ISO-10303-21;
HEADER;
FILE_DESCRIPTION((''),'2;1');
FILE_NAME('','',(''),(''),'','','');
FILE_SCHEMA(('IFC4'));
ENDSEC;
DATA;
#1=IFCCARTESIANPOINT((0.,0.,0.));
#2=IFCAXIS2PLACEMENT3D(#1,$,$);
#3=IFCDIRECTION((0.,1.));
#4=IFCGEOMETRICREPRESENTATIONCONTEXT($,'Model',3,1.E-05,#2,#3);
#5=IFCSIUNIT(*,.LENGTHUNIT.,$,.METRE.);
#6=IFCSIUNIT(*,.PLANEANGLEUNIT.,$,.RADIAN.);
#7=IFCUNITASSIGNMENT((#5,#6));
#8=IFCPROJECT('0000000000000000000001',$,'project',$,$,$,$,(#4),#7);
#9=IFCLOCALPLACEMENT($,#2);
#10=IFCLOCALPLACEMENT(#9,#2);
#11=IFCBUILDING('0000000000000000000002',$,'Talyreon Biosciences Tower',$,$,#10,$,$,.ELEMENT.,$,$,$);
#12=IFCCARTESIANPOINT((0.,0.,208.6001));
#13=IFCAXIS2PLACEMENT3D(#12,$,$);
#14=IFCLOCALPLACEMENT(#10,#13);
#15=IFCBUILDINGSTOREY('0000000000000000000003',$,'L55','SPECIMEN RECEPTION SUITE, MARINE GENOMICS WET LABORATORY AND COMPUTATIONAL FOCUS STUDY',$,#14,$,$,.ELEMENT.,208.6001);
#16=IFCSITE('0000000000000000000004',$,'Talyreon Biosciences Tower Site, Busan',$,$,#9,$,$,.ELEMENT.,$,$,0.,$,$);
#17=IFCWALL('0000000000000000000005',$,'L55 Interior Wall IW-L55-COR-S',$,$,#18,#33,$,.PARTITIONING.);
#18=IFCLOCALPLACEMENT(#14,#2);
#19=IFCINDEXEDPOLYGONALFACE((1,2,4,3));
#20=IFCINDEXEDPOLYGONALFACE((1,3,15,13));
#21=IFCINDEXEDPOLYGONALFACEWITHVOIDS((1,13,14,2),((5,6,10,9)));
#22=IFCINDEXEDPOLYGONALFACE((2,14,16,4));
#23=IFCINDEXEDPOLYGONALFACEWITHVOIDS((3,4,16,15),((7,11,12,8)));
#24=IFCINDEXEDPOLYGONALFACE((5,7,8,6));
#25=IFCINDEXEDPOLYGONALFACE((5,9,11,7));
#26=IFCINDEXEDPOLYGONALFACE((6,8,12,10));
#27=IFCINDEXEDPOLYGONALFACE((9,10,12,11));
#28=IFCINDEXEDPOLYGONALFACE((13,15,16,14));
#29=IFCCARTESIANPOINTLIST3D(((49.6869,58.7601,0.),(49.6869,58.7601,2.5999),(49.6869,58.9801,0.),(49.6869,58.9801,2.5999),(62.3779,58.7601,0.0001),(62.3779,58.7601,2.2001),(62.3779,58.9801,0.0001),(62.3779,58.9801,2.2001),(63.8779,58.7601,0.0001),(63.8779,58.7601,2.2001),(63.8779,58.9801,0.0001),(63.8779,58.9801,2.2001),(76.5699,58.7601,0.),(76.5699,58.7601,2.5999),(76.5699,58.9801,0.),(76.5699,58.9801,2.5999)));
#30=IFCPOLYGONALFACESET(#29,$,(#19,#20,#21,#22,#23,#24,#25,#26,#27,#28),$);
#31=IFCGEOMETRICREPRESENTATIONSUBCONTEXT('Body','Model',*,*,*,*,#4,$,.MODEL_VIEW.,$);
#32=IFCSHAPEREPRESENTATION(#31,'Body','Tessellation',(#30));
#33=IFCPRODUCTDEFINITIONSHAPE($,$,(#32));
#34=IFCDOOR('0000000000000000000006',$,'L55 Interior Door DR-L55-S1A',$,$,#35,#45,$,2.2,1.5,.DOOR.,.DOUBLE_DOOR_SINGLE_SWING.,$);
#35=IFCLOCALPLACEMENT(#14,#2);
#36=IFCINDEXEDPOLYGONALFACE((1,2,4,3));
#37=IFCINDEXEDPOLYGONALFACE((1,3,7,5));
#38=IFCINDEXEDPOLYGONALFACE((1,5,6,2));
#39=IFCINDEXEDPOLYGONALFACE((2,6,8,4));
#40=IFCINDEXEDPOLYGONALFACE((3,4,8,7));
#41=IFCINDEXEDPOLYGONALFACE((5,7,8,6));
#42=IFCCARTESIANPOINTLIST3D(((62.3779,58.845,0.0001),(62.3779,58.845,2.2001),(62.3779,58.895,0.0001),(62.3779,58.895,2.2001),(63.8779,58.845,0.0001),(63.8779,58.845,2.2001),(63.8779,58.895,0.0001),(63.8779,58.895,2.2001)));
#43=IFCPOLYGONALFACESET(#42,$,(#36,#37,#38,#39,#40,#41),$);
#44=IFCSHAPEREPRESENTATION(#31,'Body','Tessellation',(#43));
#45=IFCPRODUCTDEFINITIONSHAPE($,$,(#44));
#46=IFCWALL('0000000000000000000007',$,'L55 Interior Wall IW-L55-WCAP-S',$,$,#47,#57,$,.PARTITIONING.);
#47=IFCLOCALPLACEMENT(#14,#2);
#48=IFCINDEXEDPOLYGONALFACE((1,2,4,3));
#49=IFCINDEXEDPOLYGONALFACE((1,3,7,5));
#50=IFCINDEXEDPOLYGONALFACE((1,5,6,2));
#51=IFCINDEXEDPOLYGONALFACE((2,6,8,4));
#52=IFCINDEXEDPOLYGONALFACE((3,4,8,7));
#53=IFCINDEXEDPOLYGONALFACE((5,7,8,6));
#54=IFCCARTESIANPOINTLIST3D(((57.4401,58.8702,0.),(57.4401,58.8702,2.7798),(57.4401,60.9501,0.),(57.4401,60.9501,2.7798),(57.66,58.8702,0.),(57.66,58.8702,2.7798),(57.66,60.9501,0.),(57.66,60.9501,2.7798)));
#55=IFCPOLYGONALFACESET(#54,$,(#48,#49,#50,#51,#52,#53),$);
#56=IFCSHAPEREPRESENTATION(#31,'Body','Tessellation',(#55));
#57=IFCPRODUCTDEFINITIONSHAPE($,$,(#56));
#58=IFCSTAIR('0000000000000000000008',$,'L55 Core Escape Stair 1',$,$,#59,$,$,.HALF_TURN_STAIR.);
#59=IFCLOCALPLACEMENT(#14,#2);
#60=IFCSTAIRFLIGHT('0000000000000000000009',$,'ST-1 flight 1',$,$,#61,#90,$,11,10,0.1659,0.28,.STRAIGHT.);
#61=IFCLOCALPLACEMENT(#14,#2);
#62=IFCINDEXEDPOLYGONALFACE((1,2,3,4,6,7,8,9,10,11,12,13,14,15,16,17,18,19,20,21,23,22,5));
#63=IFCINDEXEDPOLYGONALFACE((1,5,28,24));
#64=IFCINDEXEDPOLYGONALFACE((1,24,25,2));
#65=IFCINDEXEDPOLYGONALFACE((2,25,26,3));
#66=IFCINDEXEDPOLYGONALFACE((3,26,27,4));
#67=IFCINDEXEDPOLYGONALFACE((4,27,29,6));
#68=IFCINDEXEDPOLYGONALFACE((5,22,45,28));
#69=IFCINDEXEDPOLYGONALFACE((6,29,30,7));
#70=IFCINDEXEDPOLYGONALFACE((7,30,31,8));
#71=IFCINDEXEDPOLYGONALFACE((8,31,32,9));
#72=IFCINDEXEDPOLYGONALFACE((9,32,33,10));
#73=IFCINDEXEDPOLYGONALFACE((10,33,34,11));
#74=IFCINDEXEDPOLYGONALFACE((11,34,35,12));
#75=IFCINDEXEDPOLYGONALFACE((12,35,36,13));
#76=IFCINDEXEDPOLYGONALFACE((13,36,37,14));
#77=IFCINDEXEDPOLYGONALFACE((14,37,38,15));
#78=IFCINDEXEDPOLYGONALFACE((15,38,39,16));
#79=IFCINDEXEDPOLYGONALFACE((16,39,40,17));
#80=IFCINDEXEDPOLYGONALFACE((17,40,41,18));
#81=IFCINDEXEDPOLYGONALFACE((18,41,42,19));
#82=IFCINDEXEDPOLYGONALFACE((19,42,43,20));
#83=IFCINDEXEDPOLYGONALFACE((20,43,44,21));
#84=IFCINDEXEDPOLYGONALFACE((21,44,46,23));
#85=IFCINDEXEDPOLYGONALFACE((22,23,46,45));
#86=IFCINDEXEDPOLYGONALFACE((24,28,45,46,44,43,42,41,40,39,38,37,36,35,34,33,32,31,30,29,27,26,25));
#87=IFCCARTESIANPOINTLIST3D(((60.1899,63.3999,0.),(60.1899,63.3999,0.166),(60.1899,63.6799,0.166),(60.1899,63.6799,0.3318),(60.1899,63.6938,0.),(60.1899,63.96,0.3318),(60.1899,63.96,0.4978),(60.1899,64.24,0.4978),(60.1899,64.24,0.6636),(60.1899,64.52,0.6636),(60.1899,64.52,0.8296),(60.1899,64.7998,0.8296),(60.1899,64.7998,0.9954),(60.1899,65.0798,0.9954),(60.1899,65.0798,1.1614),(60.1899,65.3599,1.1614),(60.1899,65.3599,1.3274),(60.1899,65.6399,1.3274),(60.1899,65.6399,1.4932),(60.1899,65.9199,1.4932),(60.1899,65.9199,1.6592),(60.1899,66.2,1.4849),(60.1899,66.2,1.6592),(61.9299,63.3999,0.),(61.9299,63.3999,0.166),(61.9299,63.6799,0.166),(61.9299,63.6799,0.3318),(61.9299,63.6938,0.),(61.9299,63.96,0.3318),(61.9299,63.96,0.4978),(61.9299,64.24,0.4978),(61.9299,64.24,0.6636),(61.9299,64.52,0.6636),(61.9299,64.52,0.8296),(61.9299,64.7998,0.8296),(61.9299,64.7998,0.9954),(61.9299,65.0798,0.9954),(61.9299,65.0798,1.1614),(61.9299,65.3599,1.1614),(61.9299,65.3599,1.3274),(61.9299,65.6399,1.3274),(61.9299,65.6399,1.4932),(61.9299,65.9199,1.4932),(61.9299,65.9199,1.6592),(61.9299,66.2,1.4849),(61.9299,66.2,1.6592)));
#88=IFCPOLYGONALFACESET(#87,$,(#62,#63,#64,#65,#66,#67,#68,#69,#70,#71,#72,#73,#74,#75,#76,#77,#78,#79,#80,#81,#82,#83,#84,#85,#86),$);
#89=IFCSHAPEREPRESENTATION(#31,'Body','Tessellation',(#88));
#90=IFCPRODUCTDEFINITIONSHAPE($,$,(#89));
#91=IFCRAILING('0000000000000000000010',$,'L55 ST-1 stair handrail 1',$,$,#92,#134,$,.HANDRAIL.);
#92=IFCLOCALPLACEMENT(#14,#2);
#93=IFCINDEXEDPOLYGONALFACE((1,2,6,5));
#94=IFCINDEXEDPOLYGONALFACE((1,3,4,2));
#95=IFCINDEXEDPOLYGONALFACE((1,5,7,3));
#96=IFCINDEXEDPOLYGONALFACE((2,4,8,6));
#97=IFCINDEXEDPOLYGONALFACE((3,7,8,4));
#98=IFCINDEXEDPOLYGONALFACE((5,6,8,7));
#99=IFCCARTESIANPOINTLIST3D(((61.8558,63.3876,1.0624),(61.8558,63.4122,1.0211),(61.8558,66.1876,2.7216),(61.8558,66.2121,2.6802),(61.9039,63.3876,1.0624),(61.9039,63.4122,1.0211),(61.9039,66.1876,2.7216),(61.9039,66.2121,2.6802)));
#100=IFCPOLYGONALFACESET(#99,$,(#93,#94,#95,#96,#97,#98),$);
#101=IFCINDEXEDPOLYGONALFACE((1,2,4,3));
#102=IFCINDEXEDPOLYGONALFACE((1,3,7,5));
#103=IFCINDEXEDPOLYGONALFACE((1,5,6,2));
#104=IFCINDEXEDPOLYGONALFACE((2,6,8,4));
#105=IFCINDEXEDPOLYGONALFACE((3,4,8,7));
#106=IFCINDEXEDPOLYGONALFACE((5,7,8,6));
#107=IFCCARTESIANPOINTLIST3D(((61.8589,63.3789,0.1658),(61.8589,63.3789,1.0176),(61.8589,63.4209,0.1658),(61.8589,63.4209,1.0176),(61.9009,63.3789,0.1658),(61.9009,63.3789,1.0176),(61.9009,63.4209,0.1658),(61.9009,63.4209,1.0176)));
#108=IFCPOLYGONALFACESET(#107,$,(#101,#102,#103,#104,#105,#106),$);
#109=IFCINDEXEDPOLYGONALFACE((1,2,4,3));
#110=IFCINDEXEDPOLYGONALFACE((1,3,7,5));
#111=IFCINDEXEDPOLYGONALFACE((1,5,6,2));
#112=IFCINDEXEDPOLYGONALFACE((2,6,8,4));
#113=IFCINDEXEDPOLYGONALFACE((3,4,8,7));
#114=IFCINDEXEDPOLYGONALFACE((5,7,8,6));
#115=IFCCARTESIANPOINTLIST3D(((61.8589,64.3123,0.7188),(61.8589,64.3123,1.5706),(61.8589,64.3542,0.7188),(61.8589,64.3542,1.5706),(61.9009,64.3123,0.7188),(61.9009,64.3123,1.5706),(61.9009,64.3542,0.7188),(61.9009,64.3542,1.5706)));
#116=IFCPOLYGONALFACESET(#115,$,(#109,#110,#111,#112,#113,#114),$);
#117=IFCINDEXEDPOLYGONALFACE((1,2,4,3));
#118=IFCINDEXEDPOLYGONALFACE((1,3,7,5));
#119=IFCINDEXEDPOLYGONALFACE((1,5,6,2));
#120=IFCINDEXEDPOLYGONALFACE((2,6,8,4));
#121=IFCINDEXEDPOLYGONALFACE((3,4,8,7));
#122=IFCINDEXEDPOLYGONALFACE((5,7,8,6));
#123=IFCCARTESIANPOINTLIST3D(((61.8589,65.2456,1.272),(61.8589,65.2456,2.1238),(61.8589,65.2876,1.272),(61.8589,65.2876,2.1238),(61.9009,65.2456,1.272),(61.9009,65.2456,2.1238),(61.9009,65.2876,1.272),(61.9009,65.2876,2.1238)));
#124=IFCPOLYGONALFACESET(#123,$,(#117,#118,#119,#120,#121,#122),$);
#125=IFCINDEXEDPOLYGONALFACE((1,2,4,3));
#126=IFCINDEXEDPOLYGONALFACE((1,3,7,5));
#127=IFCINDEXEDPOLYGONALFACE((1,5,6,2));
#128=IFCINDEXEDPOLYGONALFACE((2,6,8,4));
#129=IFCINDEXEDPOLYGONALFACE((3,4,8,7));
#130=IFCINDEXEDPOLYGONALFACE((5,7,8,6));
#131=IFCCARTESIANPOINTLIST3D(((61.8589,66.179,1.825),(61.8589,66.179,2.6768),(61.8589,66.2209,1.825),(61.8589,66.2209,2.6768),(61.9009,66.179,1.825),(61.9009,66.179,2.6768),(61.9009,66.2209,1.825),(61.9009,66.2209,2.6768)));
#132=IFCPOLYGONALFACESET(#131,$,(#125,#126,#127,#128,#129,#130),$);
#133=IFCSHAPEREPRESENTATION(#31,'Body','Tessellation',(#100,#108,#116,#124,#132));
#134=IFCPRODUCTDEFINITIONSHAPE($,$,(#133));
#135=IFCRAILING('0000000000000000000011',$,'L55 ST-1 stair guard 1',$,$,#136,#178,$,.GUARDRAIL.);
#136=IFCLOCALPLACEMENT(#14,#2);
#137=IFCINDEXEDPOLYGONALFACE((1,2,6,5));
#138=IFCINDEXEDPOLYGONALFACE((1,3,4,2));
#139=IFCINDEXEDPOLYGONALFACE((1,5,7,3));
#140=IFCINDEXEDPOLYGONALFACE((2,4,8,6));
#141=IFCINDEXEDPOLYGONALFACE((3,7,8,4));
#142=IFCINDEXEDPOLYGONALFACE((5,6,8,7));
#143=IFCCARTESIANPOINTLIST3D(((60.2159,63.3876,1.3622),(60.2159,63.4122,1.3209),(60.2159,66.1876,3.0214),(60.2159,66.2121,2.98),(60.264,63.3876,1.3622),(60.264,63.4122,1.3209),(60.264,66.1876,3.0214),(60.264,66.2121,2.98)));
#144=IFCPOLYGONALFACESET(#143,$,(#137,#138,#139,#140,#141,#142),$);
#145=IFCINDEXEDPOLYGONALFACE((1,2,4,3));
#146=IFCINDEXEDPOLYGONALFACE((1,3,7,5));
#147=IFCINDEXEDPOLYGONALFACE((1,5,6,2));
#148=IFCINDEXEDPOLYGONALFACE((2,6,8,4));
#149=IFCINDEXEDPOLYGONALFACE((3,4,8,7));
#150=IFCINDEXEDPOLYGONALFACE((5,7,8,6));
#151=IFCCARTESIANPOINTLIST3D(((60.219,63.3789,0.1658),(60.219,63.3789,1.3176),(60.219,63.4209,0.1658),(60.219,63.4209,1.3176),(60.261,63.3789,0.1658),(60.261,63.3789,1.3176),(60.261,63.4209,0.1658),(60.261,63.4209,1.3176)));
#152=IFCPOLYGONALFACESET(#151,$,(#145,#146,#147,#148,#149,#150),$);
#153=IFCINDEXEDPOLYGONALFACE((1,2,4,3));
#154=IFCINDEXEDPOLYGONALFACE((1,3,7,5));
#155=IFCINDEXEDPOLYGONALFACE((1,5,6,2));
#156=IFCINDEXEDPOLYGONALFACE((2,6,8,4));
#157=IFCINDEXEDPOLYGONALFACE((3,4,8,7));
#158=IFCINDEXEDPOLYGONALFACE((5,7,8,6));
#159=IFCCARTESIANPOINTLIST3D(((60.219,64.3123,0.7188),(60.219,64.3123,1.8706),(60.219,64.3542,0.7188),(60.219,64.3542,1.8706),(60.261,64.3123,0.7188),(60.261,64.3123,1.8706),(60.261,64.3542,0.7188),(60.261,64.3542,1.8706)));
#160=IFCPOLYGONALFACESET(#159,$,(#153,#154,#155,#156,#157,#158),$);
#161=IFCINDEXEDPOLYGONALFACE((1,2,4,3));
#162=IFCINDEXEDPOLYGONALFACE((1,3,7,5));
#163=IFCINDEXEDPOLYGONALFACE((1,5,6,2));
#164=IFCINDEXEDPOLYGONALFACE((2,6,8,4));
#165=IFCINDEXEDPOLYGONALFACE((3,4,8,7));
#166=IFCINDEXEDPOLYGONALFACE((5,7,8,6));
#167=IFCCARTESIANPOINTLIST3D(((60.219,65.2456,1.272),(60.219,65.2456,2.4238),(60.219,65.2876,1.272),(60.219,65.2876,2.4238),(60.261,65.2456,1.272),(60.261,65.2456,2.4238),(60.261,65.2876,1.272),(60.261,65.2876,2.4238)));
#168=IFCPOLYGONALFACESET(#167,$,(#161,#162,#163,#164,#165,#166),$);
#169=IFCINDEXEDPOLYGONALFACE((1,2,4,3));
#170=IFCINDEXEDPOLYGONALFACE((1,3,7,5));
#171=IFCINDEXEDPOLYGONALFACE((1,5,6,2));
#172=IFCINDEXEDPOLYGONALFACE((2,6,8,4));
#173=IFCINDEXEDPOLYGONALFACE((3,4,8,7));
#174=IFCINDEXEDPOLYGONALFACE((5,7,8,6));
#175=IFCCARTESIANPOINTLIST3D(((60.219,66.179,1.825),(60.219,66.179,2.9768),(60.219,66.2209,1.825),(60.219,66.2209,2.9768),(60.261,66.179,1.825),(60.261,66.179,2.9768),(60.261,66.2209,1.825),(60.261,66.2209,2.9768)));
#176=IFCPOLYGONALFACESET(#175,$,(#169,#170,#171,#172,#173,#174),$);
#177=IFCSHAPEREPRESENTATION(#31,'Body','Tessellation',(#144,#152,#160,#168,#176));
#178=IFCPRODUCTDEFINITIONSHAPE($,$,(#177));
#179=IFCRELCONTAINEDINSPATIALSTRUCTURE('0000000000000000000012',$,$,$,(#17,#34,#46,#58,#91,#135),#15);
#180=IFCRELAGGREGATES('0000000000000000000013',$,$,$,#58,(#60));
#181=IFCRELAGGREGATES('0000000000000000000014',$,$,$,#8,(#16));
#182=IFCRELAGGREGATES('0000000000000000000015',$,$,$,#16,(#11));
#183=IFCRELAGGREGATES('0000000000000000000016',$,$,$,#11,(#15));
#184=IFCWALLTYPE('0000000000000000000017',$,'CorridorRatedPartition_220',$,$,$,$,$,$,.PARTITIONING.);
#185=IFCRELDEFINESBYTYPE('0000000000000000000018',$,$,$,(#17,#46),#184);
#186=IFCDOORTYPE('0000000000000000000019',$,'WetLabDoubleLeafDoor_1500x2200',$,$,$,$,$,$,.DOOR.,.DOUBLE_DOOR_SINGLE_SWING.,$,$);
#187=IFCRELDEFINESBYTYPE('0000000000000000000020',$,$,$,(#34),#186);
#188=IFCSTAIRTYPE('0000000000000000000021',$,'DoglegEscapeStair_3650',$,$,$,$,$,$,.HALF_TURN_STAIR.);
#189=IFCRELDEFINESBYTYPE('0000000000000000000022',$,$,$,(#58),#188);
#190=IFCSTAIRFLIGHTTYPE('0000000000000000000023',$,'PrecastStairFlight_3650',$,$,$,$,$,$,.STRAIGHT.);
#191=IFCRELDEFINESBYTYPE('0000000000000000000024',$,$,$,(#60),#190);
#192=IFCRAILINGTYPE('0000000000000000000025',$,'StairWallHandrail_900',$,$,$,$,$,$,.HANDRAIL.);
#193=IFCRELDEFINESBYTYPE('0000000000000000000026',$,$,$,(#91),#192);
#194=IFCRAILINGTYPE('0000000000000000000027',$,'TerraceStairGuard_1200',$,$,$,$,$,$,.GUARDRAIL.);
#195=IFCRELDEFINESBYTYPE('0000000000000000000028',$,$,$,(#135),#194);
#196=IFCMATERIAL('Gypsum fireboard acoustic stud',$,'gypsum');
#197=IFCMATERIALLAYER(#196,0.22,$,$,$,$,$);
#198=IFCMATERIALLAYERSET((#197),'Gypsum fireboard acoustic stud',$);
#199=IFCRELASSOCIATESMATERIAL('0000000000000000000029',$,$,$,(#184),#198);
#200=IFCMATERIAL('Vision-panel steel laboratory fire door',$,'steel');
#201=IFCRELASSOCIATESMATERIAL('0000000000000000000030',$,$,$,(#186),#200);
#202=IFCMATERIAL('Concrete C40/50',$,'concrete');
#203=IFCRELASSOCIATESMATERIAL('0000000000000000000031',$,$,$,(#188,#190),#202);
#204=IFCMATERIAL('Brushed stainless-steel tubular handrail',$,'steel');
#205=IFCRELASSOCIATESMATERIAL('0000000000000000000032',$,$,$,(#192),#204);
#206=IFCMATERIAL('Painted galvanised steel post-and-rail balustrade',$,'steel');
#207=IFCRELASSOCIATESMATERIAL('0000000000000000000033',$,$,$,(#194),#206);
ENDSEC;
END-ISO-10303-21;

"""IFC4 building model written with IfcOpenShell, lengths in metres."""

from ifc_helpers import new_model, si_unit, direction, frame, frame_2d, origin, origin_2d, place, context, subcontext, project, spatial, polyline, rectangle, outline, extrude, material, layer, layer_set, type_object, element, fill, aggregate, save


model = new_model("IFC4")

# Units and contexts
model_context = context("Model", 3, precision=1e-05, world=origin(), true_north=direction((0.0, 1.0)))
body_context = subcontext(model_context, "Body", "Model", "MODEL_VIEW")
ifc_project = project(units=[si_unit("LENGTHUNIT", "METRE"), si_unit("PLANEANGLEUNIT", "RADIAN")], contexts=[model_context])

# Site, building, storey
site_placement = place(None, origin())
site = spatial("IfcSite", under=ifc_project, at=site_placement, Name="Talyreon Biosciences Tower Site, Busan", CompositionType="ELEMENT", RefElevation=0.0)
building_placement = place(site_placement, origin())
building = spatial("IfcBuilding", under=site, at=building_placement, Name="Talyreon Biosciences Tower", CompositionType="ELEMENT")
storey_placement = place(building_placement, frame((0.0, 0.0, 208.6001)))
storey = spatial("IfcBuildingStorey", under=building, at=storey_placement, Name="L55", Description="SPECIMEN RECEPTION SUITE, MARINE GENOMICS WET LABORATORY AND COMPUTATIONAL FOCUS STUDY", CompositionType="ELEMENT", Elevation=208.6001)

# Wall, opening, door
ifc_material_1 = material(Name="Gypsum fireboard acoustic stud", Category="gypsum")
ifc_layer_1 = layer(ifc_material_1, 0.22)
ifc_layer_set_1 = layer_set([ifc_layer_1], Name="Gypsum fireboard acoustic stud")
wall_type_1 = type_object("IfcWallType", Name="CorridorRatedPartition_220", PredefinedType="PARTITIONING", material=ifc_layer_set_1)
wall_1_placement = place(storey_placement, frame((49.687, 58.8701, 0.0), z_axis=(0.0, 0.0, 1.0), x_axis=(1.0, 0.0, 0.0)))
wall_1 = element("IfcWall", 1, at=wall_1_placement, inside=storey, type_object=wall_type_1, Name="L55 Interior Wall IW-L55-COR-S", PredefinedType="PARTITIONING", context=body_context, shape_type="SweptSolid", body=[
    extrude(rectangle(XDim=26.8831, YDim=0.22, at=frame_2d((13.4414, 0.0))), origin(), (0.0, 0.0, 1.0), 2.5999),
])
opening_1_placement = place(wall_1_placement, frame((12.6909, 0.0, 0.0)))
opening_1 = element("IfcOpeningElement", 2, at=opening_1_placement, cuts=wall_1, PredefinedType="OPENING", context=body_context, shape_type="SweptSolid", body=[
    extrude(rectangle(XDim=1.5, YDim=2.2, at=frame_2d((0.75, 1.1001))), frame((0.0, 0.1199, 0.0), z_axis=(0.0, -1.0, 0.0), x_axis=(1.0, 0.0, 0.0)), (0.0, 0.0, 1.0), 0.24),
])
ifc_material_2 = material(Name="Vision-panel steel laboratory fire door", Category="steel")
door_type_1 = type_object("IfcDoorType", Name="WetLabDoubleLeafDoor_1500x2200", OperationType="DOUBLE_DOOR_SINGLE_SWING", PredefinedType="DOOR", material=ifc_material_2)
door_1_placement = place(opening_1_placement, origin())
door_1 = element("IfcDoor", 3, at=door_1_placement, inside=storey, type_object=door_type_1, Name="L55 Interior Door DR-L55-S1A", OperationType="DOUBLE_DOOR_SINGLE_SWING", OverallHeight=2.2, OverallWidth=1.5, PredefinedType="DOOR", context=body_context, shape_type="SweptSolid", body=[
    extrude(rectangle(XDim=1.5, YDim=2.2, at=frame_2d((0.75, 1.1001))), frame((0.0, 0.0249, 0.0), z_axis=(0.0, -1.0, 0.0), x_axis=(1.0, 0.0, 0.0)), (0.0, 0.0, 1.0), 0.05),
])
fill(opening_1, door_1)

# Wall
wall_2_placement = place(storey_placement, frame((57.55, 58.8701, 0.0), z_axis=(0.0, 0.0, 1.0), x_axis=(0.0, 1.0, 0.0)))
element("IfcWall", 4, at=wall_2_placement, inside=storey, type_object=wall_type_1, Name="L55 Interior Wall IW-L55-WCAP-S", PredefinedType="PARTITIONING", context=body_context, shape_type="SweptSolid", body=[
    extrude(rectangle(XDim=2.0798, YDim=0.22, at=frame_2d((1.04, 0.0))), origin(), (0.0, 0.0, 1.0), 2.7798),
])

# Stair, stair flight
ifc_material_3 = material(Name="Concrete C40/50", Category="concrete")
stair_type = type_object("IfcStairType", Name="DoglegEscapeStair_3650", PredefinedType="HALF_TURN_STAIR", material=ifc_material_3)
stair_placement = place(storey_placement, origin())
stair = element("IfcStair", 5, at=stair_placement, inside=storey, type_object=stair_type, Name="L55 Core Escape Stair 1", PredefinedType="HALF_TURN_STAIR")
stair_flight_type = type_object("IfcStairFlightType", Name="PrecastStairFlight_3650", PredefinedType="STRAIGHT", material=ifc_material_3)
stair_flight_placement = place(storey_placement, frame((61.0601, 63.3999, 0.0), z_axis=(0.0, 0.0, 1.0), x_axis=(0.0, 1.0, 0.0)))
stair_flight = element("IfcStairFlight", 6, at=stair_flight_placement, type_object=stair_flight_type, Name="ST-1 flight 1", NumberOfRisers=11, NumberOfTreads=10, PredefinedType="STRAIGHT", RiserHeight=0.1659, TreadLength=0.28, context=body_context, shape_type="SweptSolid", body=[
    extrude(outline(polyline([(0.0, 0.0), (0.0, 0.166), (0.28, 0.166), (0.28, 0.3318), (0.5601, 0.3318), (0.5601, 0.4978), (0.8401, 0.4978), (0.8401, 0.6636), (1.1201, 0.6636), (1.1201, 0.8296), (1.3999, 0.8296), (1.3999, 0.9954), (1.6799, 0.9954), (1.6799, 1.1614), (1.96, 1.1614), (1.96, 1.3274), (2.24, 1.3274), (2.24, 1.4932), (2.52, 1.4932), (2.52, 1.6592), (2.8, 1.6592), (2.8, 1.825), (2.8, 1.4849), (0.2939, 0.0), (0.0, 0.0)])), frame((0.0, 0.8701, 0.0), z_axis=(0.0, -1.0, 0.0), x_axis=(1.0, 0.0, 0.0)), (0.0, 0.0, 1.0), 1.74),
])
aggregate(stair, [stair_flight])

# Railings
ifc_material_4 = material(Name="Brushed stainless-steel tubular handrail", Category="steel")
railing_type_1 = type_object("IfcRailingType", Name="StairWallHandrail_900", PredefinedType="HANDRAIL", material=ifc_material_4)
railing_1_placement = place(storey_placement, frame((61.8799, 63.3999, 0.1658)))
element("IfcRailing", 7, at=railing_1_placement, inside=storey, type_object=railing_type_1, Name="L55 ST-1 stair handrail 1", PredefinedType="HANDRAIL", context=body_context, shape_type="SweptSolid", body=[
    extrude(rectangle(XDim=0.0481, YDim=0.0481, at=origin_2d()), frame((0.0, 0.0, 0.876), z_axis=(0.0, 0.860306, 0.509778), x_axis=(-1.0, 0.0, 0.0)), (0.0, 0.0, 1.0), 3.2546),
    extrude(rectangle(XDim=0.042, YDim=0.042, at=origin_2d()), origin(), (0.0, 0.0, 1.0), 0.8518),
    extrude(rectangle(XDim=0.042, YDim=0.042, at=origin_2d()), frame((0.0, 0.9333, 0.553)), (0.0, 0.0, 1.0), 0.8518),
    extrude(rectangle(XDim=0.042, YDim=0.042, at=origin_2d()), frame((0.0, 1.8667, 1.1062)), (0.0, 0.0, 1.0), 0.8518),
    extrude(rectangle(XDim=0.042, YDim=0.042, at=origin_2d()), frame((0.0, 2.8, 1.6592)), (0.0, 0.0, 1.0), 0.8518),
])
ifc_material_5 = material(Name="Painted galvanised steel post-and-rail balustrade", Category="steel")
railing_type_2 = type_object("IfcRailingType", Name="TerraceStairGuard_1200", PredefinedType="GUARDRAIL", material=ifc_material_5)
railing_2_placement = place(storey_placement, frame((60.24, 63.3999, 0.1658)))
element("IfcRailing", 8, at=railing_2_placement, inside=storey, type_object=railing_type_2, Name="L55 ST-1 stair guard 1", PredefinedType="GUARDRAIL", context=body_context, shape_type="SweptSolid", body=[
    extrude(rectangle(XDim=0.0481, YDim=0.0481, at=origin_2d()), frame((0.0, 0.0, 1.1758), z_axis=(0.0, 0.860306, 0.509778), x_axis=(-1.0, 0.0, 0.0)), (0.0, 0.0, 1.0), 3.2546),
    extrude(rectangle(XDim=0.042, YDim=0.042, at=origin_2d()), origin(), (0.0, 0.0, 1.0), 1.1519),
    extrude(rectangle(XDim=0.042, YDim=0.042, at=origin_2d()), frame((0.0, 0.9333, 0.553)), (0.0, 0.0, 1.0), 1.1519),
    extrude(rectangle(XDim=0.042, YDim=0.042, at=origin_2d()), frame((0.0, 1.8667, 1.1062)), (0.0, 0.0, 1.0), 1.1519),
    extrude(rectangle(XDim=0.042, YDim=0.042, at=origin_2d()), frame((0.0, 2.8, 1.6592)), (0.0, 0.0, 1.0), 1.1519),
])

save(model, "model.ifc")
